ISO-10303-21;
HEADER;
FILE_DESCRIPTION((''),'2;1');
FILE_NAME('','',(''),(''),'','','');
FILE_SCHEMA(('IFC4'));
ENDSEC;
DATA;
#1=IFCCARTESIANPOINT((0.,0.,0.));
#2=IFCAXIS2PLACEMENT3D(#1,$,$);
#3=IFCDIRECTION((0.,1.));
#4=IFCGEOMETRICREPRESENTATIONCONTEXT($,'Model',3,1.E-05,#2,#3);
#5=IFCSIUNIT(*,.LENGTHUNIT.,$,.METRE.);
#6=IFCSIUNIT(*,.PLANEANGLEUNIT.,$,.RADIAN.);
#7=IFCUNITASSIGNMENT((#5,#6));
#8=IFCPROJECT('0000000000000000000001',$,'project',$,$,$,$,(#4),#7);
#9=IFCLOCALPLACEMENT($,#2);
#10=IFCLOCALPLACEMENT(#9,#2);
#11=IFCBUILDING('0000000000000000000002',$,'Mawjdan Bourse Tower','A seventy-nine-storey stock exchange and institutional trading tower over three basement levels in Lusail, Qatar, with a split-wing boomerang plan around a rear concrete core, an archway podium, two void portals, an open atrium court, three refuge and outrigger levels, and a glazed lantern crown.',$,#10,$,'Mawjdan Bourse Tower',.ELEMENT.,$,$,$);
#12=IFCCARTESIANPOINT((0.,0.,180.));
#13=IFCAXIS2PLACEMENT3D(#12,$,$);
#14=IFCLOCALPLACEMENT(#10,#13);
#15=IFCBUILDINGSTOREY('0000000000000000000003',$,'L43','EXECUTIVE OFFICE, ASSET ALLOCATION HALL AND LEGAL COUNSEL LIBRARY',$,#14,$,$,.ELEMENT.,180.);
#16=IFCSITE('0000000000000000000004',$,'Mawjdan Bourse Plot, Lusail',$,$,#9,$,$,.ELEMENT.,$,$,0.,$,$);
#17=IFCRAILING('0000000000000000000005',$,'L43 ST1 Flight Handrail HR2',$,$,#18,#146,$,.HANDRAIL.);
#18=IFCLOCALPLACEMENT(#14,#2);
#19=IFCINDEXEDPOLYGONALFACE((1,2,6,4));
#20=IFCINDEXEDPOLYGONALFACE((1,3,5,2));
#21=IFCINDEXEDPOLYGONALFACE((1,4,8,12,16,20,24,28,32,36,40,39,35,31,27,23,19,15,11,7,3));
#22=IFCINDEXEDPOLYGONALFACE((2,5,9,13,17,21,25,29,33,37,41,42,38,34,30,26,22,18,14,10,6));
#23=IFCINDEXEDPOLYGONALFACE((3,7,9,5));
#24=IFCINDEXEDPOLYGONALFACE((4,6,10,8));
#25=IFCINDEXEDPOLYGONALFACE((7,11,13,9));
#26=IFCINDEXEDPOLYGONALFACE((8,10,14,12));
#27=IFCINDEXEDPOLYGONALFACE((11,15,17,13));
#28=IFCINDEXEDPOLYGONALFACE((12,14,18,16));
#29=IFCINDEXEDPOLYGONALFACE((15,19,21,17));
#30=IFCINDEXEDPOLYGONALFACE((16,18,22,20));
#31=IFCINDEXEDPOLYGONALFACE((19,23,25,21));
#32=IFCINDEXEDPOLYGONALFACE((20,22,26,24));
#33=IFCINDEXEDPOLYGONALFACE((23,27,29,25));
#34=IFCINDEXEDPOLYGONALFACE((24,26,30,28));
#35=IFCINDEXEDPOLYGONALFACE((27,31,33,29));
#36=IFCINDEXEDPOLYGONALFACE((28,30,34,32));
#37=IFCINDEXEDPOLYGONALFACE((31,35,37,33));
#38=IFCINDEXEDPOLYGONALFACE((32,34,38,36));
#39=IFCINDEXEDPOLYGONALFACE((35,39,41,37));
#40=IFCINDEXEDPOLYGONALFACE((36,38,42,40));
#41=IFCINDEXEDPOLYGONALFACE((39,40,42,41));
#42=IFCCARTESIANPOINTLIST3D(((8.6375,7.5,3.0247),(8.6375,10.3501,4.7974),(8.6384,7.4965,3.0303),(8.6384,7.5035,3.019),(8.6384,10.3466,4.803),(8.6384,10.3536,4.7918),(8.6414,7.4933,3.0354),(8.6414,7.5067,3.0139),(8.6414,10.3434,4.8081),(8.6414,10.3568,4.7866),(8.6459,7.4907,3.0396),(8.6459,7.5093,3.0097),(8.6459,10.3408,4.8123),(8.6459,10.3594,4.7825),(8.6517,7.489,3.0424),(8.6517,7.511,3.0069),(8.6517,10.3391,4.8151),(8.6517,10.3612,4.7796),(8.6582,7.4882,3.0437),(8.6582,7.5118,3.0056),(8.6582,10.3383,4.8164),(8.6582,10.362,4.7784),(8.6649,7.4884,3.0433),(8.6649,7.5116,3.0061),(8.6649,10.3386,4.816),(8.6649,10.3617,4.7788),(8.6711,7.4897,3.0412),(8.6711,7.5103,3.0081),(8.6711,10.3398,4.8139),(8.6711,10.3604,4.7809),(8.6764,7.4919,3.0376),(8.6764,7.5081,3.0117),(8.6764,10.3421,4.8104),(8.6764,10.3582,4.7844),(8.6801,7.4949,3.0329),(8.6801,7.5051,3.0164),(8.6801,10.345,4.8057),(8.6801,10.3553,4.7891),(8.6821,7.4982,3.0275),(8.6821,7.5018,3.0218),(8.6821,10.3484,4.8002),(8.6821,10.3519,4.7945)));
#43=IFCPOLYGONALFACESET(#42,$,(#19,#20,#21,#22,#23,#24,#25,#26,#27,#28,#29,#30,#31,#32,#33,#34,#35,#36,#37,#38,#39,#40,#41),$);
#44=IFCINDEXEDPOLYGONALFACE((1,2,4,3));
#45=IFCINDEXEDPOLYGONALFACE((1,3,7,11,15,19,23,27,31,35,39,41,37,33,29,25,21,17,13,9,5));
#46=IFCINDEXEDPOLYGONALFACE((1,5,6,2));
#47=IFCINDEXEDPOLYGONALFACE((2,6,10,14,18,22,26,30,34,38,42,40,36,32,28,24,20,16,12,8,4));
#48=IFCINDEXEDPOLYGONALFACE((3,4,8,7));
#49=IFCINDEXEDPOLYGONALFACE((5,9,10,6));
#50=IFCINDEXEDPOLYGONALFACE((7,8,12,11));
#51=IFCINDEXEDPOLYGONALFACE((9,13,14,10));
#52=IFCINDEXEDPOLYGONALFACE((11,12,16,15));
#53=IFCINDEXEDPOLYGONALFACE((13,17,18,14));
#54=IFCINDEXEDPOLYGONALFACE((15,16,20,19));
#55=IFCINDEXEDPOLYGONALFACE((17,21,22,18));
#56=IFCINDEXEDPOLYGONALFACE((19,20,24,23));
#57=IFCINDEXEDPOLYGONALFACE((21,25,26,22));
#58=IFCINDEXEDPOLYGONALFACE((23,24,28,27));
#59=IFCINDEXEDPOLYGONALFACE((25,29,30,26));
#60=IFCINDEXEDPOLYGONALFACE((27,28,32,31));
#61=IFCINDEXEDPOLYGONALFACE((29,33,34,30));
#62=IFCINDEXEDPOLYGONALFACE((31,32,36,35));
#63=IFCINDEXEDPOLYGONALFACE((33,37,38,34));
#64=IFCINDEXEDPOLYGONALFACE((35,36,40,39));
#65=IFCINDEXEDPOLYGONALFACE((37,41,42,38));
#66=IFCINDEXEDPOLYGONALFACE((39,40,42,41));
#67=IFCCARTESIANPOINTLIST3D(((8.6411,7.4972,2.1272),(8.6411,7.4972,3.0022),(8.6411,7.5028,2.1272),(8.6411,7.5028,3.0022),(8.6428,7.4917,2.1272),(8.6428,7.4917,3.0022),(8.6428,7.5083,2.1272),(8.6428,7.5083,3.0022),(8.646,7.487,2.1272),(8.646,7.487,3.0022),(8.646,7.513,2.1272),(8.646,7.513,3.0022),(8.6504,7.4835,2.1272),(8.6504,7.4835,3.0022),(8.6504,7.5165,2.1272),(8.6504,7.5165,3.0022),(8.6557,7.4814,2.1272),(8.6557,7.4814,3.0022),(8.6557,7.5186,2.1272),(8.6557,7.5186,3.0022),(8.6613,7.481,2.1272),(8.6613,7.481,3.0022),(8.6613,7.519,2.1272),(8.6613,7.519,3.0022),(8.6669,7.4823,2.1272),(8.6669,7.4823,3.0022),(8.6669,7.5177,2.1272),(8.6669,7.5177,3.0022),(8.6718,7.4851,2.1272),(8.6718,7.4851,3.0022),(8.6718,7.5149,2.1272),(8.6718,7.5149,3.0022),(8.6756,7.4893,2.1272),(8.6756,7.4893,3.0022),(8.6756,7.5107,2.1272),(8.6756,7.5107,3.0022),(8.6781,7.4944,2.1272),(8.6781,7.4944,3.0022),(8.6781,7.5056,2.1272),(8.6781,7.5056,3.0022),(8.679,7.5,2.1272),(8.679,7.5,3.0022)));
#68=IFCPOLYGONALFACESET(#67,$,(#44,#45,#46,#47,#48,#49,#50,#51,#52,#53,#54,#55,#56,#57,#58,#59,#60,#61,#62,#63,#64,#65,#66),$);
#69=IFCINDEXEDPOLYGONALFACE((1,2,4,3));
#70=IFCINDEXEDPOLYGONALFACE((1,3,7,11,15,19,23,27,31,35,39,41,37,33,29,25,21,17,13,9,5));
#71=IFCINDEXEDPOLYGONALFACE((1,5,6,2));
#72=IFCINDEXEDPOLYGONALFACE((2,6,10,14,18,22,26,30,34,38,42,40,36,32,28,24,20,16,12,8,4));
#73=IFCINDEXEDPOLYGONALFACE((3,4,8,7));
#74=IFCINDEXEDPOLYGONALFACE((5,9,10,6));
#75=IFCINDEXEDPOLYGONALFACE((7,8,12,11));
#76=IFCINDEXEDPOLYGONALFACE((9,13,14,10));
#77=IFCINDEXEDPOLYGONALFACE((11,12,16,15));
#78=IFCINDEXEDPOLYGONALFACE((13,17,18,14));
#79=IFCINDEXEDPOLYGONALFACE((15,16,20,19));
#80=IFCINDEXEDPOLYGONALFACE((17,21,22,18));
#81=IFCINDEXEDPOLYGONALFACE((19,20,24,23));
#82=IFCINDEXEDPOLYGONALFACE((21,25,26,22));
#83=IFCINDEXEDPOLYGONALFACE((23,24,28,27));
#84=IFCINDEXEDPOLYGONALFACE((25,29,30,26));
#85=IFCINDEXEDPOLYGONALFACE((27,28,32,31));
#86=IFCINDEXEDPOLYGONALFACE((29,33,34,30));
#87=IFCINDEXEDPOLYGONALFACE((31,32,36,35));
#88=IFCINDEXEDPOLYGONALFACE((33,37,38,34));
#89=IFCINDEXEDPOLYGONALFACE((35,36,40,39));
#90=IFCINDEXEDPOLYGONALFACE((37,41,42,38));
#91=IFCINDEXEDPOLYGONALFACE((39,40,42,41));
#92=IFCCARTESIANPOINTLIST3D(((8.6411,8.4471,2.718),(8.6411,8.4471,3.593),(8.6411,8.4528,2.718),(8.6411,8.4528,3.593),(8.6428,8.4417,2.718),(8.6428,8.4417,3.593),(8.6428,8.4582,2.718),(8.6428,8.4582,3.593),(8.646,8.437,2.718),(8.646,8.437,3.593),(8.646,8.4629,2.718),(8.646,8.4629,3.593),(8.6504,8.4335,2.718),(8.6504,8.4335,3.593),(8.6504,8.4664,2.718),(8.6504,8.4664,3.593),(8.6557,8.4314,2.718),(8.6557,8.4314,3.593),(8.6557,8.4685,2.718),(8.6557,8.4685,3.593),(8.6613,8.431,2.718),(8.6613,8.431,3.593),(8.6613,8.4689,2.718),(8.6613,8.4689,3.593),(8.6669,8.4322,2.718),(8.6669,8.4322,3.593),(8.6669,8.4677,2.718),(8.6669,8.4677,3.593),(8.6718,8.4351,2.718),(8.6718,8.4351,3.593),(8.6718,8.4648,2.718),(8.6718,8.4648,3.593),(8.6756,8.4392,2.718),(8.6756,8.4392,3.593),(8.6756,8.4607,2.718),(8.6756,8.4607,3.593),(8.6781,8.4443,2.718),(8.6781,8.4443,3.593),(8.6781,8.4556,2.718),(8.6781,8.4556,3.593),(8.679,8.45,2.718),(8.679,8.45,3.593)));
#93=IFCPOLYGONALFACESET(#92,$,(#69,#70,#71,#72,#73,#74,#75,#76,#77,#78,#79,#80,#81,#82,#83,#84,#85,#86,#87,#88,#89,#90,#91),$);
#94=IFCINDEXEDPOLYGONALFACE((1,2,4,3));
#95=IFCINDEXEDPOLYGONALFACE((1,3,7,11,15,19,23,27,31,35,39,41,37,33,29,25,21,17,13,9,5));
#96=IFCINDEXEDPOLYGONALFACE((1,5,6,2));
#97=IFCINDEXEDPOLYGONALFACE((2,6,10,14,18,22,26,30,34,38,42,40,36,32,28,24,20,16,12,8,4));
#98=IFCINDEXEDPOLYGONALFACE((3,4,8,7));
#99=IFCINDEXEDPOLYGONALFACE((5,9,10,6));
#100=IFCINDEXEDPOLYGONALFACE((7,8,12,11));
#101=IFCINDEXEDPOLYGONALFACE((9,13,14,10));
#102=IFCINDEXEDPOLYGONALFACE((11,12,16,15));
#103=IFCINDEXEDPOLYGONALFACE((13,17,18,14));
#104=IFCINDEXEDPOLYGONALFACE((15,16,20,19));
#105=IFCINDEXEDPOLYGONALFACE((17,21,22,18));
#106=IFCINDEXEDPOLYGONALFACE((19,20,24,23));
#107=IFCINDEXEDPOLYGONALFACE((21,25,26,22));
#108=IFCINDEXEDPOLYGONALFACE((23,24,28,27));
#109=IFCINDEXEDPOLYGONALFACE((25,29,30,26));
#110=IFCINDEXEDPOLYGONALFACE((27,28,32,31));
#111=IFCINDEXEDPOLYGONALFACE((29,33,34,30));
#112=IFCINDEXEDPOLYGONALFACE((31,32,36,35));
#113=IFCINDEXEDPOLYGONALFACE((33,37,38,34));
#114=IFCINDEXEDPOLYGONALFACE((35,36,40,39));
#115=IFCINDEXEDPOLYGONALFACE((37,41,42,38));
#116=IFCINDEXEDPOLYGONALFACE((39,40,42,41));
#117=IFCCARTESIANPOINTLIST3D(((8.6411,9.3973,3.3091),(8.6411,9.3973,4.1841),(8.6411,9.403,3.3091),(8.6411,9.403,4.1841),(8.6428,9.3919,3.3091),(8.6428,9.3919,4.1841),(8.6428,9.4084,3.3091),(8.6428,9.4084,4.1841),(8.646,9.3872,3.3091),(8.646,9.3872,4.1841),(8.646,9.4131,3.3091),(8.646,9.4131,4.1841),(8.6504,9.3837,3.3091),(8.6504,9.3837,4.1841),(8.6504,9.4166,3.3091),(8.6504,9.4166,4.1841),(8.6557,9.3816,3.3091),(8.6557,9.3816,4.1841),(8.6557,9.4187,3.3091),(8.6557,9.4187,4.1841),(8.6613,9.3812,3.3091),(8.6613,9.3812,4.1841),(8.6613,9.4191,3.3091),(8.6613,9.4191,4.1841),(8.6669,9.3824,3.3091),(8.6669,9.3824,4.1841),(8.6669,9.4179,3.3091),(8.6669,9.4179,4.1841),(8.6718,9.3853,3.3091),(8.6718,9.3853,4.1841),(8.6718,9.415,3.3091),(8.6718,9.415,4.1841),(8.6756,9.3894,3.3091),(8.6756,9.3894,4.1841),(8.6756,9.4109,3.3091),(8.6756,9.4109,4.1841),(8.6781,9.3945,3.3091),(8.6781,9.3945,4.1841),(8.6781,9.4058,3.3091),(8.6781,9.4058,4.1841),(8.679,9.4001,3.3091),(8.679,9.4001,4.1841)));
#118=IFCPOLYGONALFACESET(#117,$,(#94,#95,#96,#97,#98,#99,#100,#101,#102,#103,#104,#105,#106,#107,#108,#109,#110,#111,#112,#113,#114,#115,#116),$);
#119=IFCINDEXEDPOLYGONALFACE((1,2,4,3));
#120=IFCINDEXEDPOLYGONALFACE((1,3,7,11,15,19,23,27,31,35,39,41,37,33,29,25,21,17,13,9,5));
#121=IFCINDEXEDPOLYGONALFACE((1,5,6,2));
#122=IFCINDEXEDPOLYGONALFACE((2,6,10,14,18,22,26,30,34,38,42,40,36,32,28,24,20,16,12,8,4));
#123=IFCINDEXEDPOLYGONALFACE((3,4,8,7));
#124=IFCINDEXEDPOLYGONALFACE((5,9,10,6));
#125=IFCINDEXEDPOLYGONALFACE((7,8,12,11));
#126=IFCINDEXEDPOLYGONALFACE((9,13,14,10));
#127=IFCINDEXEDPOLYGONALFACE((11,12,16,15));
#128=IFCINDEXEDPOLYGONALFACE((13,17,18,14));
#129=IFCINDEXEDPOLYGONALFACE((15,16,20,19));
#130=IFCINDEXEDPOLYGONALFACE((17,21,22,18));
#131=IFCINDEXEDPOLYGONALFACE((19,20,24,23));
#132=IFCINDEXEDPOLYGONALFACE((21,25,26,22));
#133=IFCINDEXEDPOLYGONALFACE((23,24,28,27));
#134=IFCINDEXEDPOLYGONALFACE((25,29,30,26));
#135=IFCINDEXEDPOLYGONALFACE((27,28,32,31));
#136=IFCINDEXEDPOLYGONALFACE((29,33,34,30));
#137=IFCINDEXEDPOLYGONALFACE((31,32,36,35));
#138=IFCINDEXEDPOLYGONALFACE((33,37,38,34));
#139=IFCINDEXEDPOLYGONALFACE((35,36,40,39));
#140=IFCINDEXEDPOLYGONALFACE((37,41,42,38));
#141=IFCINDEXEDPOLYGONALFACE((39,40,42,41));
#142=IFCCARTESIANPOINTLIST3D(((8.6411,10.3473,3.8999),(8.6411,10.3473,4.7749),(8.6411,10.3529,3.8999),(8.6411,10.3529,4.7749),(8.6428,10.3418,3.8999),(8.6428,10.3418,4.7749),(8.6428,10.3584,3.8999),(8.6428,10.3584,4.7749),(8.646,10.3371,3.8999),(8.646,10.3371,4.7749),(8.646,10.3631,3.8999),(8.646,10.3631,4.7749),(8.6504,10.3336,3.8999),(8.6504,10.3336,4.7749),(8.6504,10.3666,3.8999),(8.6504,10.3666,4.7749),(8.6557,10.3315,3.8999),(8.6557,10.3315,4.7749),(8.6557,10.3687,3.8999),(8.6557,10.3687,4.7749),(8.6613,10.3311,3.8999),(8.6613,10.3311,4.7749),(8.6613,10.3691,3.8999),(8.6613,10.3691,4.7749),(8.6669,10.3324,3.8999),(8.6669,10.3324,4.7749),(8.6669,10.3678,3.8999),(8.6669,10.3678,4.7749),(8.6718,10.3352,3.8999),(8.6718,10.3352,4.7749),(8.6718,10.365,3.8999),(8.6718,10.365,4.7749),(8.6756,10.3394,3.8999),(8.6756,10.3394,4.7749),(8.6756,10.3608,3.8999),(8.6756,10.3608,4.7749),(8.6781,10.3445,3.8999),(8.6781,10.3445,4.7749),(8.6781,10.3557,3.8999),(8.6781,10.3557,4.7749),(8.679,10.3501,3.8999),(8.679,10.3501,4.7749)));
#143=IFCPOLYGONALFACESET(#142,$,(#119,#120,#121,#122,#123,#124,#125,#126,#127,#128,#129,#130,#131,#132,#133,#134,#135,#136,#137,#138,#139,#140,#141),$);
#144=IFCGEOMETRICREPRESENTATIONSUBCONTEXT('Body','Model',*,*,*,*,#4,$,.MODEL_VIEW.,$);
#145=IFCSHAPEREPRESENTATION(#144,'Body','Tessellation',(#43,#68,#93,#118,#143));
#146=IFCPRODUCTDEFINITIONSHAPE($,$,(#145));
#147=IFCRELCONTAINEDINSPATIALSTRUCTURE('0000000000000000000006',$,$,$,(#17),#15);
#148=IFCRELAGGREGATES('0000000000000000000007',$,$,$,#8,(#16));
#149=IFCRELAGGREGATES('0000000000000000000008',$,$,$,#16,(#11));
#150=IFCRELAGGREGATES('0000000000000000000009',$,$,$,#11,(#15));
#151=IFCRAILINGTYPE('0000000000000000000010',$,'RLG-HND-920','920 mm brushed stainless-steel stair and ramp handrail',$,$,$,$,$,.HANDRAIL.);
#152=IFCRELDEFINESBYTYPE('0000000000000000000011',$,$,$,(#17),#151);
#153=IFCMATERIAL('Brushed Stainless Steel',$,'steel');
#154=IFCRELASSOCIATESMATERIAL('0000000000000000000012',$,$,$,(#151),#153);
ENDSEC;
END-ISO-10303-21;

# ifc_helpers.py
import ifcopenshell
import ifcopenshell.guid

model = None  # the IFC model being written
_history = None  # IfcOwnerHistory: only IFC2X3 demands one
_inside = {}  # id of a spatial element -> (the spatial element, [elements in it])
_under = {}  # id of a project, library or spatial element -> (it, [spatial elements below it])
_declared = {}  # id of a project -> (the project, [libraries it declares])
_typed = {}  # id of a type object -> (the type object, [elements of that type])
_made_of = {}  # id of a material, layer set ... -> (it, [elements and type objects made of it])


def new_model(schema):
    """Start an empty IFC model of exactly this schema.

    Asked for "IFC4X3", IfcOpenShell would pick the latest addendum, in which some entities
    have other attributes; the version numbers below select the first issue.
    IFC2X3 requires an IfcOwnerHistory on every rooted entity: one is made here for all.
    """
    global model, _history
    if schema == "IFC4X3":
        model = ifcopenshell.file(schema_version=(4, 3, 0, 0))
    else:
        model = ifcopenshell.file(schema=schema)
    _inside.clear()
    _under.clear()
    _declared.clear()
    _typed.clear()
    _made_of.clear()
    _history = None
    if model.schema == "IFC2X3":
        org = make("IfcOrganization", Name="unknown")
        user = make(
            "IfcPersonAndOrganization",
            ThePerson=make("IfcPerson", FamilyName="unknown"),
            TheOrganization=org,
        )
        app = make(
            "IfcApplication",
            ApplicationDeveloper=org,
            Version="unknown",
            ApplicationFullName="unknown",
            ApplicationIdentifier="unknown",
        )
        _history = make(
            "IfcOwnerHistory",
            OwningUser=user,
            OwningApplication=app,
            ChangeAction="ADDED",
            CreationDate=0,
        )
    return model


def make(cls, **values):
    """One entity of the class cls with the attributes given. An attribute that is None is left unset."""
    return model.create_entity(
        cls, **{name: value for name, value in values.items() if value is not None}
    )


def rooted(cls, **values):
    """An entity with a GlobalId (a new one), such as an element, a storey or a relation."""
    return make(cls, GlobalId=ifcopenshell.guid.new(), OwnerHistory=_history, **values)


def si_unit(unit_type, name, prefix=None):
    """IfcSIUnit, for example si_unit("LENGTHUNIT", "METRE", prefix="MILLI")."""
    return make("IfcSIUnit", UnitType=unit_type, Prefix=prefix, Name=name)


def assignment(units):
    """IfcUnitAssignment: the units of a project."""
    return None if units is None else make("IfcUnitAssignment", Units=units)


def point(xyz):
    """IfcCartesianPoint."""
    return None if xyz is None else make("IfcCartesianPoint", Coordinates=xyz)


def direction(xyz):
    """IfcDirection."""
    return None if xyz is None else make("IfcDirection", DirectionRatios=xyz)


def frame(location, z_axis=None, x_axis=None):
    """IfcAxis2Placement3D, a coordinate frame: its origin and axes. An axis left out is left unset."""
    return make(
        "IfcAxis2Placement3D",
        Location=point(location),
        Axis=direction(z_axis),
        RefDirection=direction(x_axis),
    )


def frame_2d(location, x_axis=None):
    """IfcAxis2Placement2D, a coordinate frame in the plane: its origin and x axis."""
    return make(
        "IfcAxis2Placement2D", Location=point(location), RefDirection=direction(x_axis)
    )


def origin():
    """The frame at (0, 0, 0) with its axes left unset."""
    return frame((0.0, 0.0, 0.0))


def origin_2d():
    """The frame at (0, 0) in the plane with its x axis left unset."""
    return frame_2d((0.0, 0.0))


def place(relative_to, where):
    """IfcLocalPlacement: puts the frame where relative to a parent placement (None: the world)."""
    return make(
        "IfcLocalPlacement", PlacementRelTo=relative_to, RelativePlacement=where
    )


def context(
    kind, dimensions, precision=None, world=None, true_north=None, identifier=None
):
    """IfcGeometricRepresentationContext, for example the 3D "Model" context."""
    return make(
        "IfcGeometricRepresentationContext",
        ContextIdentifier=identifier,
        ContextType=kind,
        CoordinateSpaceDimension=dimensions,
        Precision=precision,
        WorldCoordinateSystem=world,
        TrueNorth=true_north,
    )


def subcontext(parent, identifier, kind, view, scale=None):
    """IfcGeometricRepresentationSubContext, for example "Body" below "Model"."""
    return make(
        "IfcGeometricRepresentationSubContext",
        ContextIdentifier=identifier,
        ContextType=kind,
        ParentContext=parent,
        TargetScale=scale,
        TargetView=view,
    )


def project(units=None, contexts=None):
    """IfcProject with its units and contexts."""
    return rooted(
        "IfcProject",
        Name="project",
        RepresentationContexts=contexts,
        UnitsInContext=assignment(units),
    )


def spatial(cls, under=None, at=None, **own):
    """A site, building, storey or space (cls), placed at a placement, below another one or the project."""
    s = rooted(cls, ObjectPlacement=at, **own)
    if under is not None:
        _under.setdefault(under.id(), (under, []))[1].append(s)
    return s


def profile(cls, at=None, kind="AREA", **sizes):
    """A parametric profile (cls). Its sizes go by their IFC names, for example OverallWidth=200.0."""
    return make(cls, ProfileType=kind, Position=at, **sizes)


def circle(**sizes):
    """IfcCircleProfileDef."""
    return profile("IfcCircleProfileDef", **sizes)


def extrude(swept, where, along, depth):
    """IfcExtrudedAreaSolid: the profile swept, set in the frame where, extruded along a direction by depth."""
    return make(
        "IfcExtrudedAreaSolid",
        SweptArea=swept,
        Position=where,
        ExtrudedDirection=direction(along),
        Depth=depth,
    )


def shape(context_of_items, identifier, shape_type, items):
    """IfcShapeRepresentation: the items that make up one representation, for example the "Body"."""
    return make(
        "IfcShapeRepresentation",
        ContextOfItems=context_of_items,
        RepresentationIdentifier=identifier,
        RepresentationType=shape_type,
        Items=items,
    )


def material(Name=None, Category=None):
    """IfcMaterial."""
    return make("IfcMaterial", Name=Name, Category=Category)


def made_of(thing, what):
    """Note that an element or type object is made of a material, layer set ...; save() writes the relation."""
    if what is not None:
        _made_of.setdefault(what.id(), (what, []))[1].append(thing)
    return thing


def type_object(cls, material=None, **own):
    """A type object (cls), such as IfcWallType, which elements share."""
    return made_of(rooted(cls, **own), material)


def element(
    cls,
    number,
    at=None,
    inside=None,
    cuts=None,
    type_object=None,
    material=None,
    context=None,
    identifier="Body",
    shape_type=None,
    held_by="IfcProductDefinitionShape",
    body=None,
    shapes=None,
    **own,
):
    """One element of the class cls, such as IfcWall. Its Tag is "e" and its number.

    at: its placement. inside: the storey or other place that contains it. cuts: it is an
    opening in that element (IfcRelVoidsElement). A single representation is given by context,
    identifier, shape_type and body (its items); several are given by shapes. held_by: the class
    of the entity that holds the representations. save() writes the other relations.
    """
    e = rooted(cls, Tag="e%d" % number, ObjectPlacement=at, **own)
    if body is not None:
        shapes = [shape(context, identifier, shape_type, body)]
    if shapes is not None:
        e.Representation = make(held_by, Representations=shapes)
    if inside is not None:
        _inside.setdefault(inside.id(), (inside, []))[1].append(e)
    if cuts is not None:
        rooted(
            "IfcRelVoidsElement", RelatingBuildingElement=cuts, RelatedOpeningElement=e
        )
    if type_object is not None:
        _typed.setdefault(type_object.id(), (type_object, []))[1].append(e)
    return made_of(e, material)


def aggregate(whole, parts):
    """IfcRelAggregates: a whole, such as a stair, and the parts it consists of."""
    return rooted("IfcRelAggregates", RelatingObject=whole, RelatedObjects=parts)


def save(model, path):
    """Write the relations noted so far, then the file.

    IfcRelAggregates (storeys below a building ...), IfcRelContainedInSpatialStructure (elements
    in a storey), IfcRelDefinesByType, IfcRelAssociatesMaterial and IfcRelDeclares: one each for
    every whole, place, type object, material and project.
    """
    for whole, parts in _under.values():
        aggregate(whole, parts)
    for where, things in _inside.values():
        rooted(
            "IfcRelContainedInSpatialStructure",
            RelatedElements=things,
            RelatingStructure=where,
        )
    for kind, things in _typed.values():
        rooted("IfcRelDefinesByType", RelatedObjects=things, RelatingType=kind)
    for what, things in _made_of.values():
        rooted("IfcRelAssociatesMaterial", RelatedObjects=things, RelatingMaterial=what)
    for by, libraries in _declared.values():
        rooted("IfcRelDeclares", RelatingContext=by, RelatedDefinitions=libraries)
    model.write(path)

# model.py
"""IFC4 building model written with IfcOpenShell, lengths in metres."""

from ifc_helpers import new_model, si_unit, direction, frame, origin, origin_2d, place, context, subcontext, project, spatial, circle, extrude, material, type_object, element, save


model = new_model("IFC4")

# Units and contexts
model_context = context("Model", 3, precision=1e-05, world=origin(), true_north=direction((0.0, 1.0)))
body_context = subcontext(model_context, "Body", "Model", "MODEL_VIEW")
ifc_project = project(units=[si_unit("LENGTHUNIT", "METRE"), si_unit("PLANEANGLEUNIT", "RADIAN")], contexts=[model_context])

# Site, building, storey
site_placement = place(None, origin())
site = spatial("IfcSite", under=ifc_project, at=site_placement, Name="Mawjdan Bourse Plot, Lusail", CompositionType="ELEMENT", RefElevation=0.0)
building_placement = place(site_placement, origin())
building = spatial("IfcBuilding", under=site, at=building_placement, Name="Mawjdan Bourse Tower", Description="A seventy-nine-storey stock exchange and institutional trading tower over three basement levels in Lusail, Qatar, with a split-wing boomerang plan around a rear concrete core, an archway podium, two void portals, an open atrium court, three refuge and outrigger levels, and a glazed lantern crown.", LongName="Mawjdan Bourse Tower", CompositionType="ELEMENT")
storey_placement = place(building_placement, frame((0.0, 0.0, 180.0)))
storey = spatial("IfcBuildingStorey", under=building, at=storey_placement, Name="L43", Description="EXECUTIVE OFFICE, ASSET ALLOCATION HALL AND LEGAL COUNSEL LIBRARY", CompositionType="ELEMENT", Elevation=180.0)

# Shared definitions
ifc_material_1 = material(Name="Brushed Stainless Steel", Category="steel")

# Railing
railing_type_1 = type_object("IfcRailingType", Name="RLG-HND-920", Description="920 mm brushed stainless-steel stair and ramp handrail", PredefinedType="HANDRAIL", material=ifc_material_1)
railing_1_placement = place(storey_placement, frame((8.6599, 7.5, 2.1272)))
element("IfcRailing", 1, at=railing_1_placement, inside=storey, type_object=railing_type_1, Name="L43 ST1 Flight Handrail HR2", PredefinedType="HANDRAIL", context=body_context, shape_type="SweptSolid", body=[
    extrude(circle(Radius=0.0225, at=origin_2d()), frame((0.0, 0.0, 0.8975), z_axis=(0.0, 0.849149, 0.528154), x_axis=(-1.0, 0.0, 0.0)), (0.0, 0.0, 1.0), 3.3564),
    extrude(circle(Radius=0.019, at=origin_2d()), origin(), (0.0, 0.0, 1.0), 0.875),
    extrude(circle(Radius=0.019, at=origin_2d()), frame((0.0, 0.95, 0.5908)), (0.0, 0.0, 1.0), 0.875),
    extrude(circle(Radius=0.019, at=origin_2d()), frame((0.0, 1.9001, 1.1819)), (0.0, 0.0, 1.0), 0.875),
    extrude(circle(Radius=0.019, at=origin_2d()), frame((0.0, 2.8501, 1.7727)), (0.0, 0.0, 1.0), 0.875),
])

save(model, "model.ifc")
